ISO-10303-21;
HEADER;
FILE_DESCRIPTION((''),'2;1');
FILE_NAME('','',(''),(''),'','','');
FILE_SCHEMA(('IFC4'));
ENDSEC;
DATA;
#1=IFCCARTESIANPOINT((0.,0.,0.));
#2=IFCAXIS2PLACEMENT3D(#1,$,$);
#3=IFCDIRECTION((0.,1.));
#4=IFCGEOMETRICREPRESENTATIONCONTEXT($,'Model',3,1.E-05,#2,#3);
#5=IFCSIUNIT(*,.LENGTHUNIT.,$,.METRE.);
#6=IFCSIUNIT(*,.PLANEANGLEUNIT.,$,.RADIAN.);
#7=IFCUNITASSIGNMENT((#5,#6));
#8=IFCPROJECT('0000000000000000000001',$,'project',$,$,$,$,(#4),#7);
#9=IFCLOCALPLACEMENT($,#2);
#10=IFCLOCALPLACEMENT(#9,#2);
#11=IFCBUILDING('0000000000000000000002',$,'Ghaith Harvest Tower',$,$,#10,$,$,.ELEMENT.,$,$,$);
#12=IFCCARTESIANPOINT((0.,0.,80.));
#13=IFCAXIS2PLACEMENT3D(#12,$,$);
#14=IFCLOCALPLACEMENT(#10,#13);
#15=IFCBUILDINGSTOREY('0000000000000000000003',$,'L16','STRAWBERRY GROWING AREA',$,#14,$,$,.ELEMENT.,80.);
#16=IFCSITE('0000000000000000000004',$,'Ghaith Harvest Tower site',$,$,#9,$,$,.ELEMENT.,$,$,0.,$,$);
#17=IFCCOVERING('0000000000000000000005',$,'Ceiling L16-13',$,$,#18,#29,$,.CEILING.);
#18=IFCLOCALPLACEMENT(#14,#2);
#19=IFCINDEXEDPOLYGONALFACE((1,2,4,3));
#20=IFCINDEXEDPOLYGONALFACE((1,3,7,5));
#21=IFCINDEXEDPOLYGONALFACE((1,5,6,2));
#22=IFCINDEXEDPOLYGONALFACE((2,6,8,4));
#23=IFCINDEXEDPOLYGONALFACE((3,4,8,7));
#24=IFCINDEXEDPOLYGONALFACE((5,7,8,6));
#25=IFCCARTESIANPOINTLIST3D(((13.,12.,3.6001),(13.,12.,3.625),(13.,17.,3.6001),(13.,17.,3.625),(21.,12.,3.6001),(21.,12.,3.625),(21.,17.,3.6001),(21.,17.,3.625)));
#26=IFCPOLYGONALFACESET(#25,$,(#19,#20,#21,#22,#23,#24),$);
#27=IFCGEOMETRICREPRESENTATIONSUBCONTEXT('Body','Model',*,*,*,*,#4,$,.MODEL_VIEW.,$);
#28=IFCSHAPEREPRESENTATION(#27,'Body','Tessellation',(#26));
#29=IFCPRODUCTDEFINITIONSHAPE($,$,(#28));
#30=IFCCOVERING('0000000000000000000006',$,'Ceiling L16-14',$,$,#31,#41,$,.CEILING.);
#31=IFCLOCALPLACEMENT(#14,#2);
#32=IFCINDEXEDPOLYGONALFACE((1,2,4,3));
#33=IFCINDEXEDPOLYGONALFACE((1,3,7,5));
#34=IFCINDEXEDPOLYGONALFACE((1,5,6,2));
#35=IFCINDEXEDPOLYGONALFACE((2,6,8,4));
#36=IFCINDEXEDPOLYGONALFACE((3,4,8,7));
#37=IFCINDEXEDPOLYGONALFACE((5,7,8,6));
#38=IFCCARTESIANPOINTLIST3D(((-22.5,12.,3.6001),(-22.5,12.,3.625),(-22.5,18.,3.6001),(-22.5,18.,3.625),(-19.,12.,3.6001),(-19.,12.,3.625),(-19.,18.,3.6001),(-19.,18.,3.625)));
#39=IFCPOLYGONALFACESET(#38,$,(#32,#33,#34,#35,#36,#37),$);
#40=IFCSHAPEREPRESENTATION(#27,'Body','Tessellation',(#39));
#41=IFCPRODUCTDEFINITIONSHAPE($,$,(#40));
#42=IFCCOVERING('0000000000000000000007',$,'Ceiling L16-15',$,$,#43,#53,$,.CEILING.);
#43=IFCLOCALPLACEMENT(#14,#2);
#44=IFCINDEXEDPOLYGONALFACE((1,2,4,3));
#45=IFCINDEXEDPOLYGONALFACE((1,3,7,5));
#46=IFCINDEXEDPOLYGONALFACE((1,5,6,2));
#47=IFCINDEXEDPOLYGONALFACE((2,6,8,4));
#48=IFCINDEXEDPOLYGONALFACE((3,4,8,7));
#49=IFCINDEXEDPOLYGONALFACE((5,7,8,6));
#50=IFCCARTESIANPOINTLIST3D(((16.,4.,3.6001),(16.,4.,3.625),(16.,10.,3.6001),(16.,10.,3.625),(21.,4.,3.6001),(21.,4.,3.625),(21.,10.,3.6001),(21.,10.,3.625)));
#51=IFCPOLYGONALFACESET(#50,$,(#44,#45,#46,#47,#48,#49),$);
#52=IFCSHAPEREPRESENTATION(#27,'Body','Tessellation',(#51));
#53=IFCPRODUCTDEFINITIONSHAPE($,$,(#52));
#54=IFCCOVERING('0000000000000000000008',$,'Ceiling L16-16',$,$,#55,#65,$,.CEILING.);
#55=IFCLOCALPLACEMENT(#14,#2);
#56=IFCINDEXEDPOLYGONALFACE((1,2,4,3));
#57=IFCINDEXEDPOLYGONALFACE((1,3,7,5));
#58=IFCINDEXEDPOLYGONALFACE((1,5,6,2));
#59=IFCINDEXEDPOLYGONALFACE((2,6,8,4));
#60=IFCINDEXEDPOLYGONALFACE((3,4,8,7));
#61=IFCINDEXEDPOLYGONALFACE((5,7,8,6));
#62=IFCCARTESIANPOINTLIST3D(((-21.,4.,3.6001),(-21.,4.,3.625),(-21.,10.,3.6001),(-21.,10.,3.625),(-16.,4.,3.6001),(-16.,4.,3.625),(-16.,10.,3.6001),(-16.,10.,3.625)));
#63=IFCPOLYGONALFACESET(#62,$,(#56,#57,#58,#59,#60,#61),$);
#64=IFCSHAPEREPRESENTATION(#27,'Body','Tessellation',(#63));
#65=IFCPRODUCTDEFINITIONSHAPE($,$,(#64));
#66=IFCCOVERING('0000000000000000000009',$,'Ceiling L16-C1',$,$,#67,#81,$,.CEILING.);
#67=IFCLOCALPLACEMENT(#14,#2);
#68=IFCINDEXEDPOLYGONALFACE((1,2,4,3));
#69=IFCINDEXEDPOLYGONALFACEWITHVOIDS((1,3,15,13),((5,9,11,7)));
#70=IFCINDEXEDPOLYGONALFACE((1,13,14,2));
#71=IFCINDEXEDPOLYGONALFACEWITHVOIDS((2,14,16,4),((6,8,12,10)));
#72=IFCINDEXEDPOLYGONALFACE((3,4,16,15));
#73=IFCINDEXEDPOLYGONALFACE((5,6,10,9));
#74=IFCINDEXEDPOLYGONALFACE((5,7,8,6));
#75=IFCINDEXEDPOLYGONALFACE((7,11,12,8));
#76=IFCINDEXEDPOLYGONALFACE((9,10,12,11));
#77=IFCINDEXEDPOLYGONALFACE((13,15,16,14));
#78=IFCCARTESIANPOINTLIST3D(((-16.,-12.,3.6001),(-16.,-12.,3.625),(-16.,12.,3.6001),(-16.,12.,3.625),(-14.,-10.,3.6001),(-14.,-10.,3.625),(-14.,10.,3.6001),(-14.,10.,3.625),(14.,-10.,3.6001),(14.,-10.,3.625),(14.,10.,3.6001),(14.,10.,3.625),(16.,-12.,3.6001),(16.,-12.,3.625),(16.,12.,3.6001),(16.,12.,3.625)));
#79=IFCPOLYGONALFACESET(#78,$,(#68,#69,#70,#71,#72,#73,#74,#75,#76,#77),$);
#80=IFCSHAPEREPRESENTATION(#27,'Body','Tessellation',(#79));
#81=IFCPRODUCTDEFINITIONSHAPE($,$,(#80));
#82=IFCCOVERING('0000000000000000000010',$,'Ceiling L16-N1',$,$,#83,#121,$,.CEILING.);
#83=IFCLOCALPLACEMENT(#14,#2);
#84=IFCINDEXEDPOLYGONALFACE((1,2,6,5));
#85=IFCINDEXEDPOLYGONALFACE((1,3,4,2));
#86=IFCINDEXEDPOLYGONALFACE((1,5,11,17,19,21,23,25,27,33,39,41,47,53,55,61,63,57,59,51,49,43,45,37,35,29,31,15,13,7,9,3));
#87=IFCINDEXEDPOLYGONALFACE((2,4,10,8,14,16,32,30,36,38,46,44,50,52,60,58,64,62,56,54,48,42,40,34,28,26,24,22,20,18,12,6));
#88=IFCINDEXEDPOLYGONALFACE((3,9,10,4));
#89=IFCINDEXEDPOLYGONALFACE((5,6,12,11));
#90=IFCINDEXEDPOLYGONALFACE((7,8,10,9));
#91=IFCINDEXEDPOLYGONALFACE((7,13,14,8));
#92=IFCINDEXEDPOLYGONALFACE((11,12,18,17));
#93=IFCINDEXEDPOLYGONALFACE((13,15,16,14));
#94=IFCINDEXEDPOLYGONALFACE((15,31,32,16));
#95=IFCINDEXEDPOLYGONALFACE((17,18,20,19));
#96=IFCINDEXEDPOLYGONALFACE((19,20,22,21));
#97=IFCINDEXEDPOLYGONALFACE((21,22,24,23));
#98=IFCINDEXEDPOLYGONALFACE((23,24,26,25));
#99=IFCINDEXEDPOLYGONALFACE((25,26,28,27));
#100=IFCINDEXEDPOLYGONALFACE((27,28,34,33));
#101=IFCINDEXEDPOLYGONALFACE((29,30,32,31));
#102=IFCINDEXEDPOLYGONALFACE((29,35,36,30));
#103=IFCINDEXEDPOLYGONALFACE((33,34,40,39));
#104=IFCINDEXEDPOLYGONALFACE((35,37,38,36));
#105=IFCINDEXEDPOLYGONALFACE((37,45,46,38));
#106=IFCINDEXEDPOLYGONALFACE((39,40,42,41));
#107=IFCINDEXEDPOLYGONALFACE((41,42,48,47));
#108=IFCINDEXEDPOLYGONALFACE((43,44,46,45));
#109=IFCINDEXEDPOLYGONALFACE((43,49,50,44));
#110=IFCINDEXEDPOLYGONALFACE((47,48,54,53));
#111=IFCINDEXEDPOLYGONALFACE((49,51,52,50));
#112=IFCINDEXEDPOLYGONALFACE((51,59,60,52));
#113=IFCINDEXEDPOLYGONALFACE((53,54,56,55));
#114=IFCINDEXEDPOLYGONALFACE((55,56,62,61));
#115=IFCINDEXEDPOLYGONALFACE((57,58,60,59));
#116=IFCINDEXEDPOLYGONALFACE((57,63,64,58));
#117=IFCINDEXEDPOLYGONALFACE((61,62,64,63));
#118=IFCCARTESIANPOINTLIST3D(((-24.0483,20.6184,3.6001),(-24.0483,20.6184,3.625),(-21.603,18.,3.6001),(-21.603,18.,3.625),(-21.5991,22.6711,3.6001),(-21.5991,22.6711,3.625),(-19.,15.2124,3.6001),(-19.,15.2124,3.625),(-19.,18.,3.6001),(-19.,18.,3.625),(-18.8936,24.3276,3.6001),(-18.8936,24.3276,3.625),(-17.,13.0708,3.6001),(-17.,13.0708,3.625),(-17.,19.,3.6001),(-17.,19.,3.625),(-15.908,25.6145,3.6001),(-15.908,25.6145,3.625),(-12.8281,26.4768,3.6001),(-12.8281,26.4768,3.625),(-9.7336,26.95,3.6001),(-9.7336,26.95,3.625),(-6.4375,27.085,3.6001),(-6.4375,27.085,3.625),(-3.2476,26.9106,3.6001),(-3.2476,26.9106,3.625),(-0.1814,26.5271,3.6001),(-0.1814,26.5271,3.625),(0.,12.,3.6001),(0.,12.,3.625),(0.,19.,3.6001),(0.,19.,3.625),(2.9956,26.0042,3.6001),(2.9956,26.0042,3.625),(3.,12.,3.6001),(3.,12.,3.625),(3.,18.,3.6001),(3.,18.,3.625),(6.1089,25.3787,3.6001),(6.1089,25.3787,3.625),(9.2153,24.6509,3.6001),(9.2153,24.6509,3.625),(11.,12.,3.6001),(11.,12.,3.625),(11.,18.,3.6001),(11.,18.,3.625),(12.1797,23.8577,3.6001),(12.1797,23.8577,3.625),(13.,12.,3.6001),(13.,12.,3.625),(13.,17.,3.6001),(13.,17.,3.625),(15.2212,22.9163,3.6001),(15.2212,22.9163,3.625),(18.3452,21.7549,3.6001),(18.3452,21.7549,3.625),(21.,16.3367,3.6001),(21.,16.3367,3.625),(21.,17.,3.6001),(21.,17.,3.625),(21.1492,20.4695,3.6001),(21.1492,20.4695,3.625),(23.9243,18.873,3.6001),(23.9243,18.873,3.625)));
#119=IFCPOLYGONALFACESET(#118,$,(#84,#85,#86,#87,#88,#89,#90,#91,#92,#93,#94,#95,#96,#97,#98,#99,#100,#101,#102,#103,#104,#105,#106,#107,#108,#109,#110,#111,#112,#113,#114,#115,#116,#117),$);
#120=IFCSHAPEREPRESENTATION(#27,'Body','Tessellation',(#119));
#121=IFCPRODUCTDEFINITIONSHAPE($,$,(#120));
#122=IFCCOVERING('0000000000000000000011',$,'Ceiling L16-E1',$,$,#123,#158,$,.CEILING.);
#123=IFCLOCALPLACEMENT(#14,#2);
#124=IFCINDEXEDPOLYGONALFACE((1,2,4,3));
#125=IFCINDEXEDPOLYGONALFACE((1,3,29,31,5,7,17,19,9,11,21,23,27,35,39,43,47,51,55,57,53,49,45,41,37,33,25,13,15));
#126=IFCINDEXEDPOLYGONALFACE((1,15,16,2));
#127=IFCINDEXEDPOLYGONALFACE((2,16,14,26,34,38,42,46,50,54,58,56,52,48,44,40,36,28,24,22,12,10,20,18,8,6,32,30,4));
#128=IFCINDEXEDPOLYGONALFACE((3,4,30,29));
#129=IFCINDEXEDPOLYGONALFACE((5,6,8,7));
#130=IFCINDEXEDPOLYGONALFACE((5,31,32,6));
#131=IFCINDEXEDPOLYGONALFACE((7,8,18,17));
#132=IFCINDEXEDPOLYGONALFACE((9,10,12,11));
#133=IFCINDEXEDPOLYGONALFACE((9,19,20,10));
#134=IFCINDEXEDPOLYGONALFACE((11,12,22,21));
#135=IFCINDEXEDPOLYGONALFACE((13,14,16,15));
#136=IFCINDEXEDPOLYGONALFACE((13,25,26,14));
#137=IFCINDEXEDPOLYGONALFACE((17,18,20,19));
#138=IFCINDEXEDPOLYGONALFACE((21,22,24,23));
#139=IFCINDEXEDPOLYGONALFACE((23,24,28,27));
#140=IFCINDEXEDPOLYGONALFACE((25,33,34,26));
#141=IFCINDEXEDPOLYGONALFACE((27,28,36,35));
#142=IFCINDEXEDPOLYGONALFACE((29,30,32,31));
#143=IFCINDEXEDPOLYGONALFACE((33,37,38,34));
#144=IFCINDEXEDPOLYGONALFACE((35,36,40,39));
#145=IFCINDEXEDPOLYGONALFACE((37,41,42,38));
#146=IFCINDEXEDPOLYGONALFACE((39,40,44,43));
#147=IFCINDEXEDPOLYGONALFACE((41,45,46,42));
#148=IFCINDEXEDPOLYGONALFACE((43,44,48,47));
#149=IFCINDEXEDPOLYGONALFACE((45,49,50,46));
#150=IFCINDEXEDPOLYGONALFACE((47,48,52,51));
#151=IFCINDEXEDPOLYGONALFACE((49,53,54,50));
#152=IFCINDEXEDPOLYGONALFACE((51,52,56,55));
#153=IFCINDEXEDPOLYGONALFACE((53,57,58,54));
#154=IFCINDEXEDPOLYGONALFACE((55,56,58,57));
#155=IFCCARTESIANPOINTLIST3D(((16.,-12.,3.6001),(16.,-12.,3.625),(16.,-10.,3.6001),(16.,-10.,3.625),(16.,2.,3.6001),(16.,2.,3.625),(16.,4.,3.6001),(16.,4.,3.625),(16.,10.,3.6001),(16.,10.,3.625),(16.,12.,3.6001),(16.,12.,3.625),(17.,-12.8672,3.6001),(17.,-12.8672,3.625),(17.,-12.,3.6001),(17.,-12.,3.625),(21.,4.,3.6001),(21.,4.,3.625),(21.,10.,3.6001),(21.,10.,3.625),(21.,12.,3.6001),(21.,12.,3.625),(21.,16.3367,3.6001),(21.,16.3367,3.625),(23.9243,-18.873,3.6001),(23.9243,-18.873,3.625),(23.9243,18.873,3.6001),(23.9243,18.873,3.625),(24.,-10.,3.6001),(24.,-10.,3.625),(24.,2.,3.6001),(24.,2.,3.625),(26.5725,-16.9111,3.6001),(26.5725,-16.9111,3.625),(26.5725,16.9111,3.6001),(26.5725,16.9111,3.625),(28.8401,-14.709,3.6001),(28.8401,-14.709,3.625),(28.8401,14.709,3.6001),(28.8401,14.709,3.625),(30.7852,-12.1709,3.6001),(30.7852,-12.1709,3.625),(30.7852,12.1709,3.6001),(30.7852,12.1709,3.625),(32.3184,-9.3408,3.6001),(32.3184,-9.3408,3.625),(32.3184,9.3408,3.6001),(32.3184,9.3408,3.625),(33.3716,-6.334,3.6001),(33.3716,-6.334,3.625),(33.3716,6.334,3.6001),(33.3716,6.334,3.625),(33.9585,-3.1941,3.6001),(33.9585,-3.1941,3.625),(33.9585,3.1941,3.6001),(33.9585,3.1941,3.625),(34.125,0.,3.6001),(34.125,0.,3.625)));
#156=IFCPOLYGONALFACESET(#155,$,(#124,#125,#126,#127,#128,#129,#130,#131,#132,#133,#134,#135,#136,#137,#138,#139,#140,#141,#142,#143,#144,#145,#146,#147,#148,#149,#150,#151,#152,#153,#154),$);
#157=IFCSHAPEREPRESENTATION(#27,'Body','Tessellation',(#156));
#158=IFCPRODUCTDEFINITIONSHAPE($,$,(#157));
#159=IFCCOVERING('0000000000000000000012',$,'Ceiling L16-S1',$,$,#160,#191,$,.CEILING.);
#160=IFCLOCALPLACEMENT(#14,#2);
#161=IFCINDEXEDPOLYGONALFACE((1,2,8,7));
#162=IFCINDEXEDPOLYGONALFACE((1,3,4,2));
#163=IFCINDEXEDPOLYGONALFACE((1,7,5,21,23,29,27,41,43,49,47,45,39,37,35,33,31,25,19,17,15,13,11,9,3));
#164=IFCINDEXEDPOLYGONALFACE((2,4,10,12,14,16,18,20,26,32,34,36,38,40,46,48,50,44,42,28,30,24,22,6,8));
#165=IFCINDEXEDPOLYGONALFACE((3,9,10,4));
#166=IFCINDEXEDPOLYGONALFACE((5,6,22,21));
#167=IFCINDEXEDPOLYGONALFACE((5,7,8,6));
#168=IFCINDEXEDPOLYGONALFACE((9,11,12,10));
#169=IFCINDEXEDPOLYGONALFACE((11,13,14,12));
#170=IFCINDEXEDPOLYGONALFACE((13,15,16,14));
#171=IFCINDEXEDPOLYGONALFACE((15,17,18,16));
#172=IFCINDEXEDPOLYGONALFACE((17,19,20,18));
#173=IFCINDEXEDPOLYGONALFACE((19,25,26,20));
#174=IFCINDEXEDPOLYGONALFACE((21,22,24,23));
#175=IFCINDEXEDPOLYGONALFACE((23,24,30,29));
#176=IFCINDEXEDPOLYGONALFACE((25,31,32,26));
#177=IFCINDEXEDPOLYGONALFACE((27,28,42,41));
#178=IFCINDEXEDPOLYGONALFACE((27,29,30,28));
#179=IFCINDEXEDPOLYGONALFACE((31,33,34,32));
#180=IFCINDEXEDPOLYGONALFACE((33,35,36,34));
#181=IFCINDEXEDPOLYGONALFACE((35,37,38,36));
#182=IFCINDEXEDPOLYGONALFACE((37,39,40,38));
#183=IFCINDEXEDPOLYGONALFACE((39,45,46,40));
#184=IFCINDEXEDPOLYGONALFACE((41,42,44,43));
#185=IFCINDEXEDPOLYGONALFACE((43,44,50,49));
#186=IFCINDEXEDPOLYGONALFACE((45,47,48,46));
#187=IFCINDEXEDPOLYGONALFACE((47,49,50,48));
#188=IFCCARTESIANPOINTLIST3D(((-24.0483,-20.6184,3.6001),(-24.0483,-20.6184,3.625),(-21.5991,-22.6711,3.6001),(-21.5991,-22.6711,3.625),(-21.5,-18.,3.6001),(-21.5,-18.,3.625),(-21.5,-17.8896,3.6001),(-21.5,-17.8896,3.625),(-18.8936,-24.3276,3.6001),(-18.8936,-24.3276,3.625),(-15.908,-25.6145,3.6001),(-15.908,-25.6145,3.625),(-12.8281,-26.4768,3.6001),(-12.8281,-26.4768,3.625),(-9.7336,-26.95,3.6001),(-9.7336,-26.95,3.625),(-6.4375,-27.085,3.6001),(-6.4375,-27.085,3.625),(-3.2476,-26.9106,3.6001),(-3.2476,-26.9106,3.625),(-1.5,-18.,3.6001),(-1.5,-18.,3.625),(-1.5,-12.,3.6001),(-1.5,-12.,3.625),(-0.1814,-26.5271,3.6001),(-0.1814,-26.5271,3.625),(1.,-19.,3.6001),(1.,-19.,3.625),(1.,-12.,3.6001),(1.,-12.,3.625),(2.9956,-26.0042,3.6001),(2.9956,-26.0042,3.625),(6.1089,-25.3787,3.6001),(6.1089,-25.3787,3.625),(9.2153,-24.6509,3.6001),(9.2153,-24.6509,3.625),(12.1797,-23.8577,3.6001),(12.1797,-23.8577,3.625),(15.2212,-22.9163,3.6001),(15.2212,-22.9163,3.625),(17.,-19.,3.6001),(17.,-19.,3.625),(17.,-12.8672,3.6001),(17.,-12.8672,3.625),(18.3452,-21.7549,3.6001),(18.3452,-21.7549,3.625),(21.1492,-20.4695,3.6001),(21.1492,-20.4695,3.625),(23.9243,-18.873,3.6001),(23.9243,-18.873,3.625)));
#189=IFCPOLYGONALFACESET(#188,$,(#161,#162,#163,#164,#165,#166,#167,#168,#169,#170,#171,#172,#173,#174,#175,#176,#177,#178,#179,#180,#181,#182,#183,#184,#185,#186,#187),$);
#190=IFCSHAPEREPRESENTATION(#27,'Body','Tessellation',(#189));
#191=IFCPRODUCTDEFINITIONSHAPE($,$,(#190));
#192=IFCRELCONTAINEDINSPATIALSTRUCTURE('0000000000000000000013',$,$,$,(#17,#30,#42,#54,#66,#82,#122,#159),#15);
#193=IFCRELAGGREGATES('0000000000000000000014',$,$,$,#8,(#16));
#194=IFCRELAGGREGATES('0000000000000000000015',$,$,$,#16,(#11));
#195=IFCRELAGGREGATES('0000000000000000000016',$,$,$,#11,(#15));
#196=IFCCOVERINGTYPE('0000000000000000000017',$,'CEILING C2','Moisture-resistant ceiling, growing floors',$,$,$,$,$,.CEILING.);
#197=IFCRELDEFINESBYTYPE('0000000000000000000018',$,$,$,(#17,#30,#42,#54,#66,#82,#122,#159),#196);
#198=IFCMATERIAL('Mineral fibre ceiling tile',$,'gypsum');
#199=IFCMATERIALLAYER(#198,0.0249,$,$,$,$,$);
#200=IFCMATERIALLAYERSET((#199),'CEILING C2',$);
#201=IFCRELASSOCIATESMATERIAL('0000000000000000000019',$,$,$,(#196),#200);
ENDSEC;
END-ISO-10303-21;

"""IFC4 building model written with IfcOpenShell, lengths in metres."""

from ifc_helpers import new_model, si_unit, direction, frame, origin, place, context, subcontext, project, spatial, polyline, outline, extrude, material, layer, layer_set, type_object, element, save


model = new_model("IFC4")

# Units and contexts
model_context = context("Model", 3, precision=1e-05, world=origin(), true_north=direction((0.0, 1.0)))
body_context = subcontext(model_context, "Body", "Model", "MODEL_VIEW")
ifc_project = project(units=[si_unit("LENGTHUNIT", "METRE"), si_unit("PLANEANGLEUNIT", "RADIAN")], contexts=[model_context])

# Site, building, storey
site_placement = place(None, origin())
site = spatial("IfcSite", under=ifc_project, at=site_placement, Name="Ghaith Harvest Tower site", CompositionType="ELEMENT", RefElevation=0.0)
building_placement = place(site_placement, origin())
building = spatial("IfcBuilding", under=site, at=building_placement, Name="Ghaith Harvest Tower", CompositionType="ELEMENT")
storey_placement = place(building_placement, frame((0.0, 0.0, 80.0)))
storey = spatial("IfcBuildingStorey", under=building, at=storey_placement, Name="L16", Description="STRAWBERRY GROWING AREA", CompositionType="ELEMENT", Elevation=80.0)

# Coverings
ifc_material_1 = material(Name="Mineral fibre ceiling tile", Category="gypsum")
ifc_layer_1 = layer(ifc_material_1, 0.0249)
ifc_layer_set_1 = layer_set([ifc_layer_1], Name="CEILING C2")
covering_type = type_object("IfcCoveringType", Name="CEILING C2", Description="Moisture-resistant ceiling, growing floors", PredefinedType="CEILING", material=ifc_layer_set_1)
covering_1_placement = place(storey_placement, frame((0.0, 0.0, 3.6001)))
element("IfcCovering", 1, at=covering_1_placement, inside=storey, type_object=covering_type, Name="Ceiling L16-13", PredefinedType="CEILING", context=body_context, shape_type="SweptSolid", body=[
    extrude(outline(polyline([(13.0, 12.0), (21.0, 12.0), (21.0, 17.0), (13.0, 17.0), (13.0, 12.0)])), origin(), (0.0, 0.0, 1.0), 0.0249),
])
covering_2_placement = place(storey_placement, frame((0.0, 0.0, 3.6001)))
element("IfcCovering", 2, at=covering_2_placement, inside=storey, type_object=covering_type, Name="Ceiling L16-14", PredefinedType="CEILING", context=body_context, shape_type="SweptSolid", body=[
    extrude(outline(polyline([(-22.5, 12.0), (-19.0, 12.0), (-19.0, 18.0), (-22.5, 18.0), (-22.5, 12.0)])), origin(), (0.0, 0.0, 1.0), 0.0249),
])
covering_3_placement = place(storey_placement, frame((0.0, 0.0, 3.6001)))
element("IfcCovering", 3, at=covering_3_placement, inside=storey, type_object=covering_type, Name="Ceiling L16-15", PredefinedType="CEILING", context=body_context, shape_type="SweptSolid", body=[
    extrude(outline(polyline([(16.0, 4.0), (21.0, 4.0), (21.0, 10.0), (16.0, 10.0), (16.0, 4.0)])), origin(), (0.0, 0.0, 1.0), 0.0249),
])
covering_4_placement = place(storey_placement, frame((0.0, 0.0, 3.6001)))
element("IfcCovering", 4, at=covering_4_placement, inside=storey, type_object=covering_type, Name="Ceiling L16-16", PredefinedType="CEILING", context=body_context, shape_type="SweptSolid", body=[
    extrude(outline(polyline([(-21.0, 4.0), (-16.0, 4.0), (-16.0, 10.0), (-21.0, 10.0), (-21.0, 4.0)])), origin(), (0.0, 0.0, 1.0), 0.0249),
])
covering_5_placement = place(storey_placement, frame((0.0, 0.0, 3.6001)))
element("IfcCovering", 5, at=covering_5_placement, inside=storey, type_object=covering_type, Name="Ceiling L16-C1", PredefinedType="CEILING", context=body_context, shape_type="SweptSolid", body=[
    extrude(outline(polyline([(16.0, -12.0), (-16.0, -12.0), (-16.0, 12.0), (16.0, 12.0), (16.0, -12.0)]), holes=[polyline([(14.0, 10.0), (-14.0, 10.0), (-14.0, -10.0), (14.0, -10.0), (14.0, 10.0)])]), origin(), (0.0, 0.0, 1.0), 0.0249),
])
covering_6_placement = place(storey_placement, frame((0.0, 0.0, 3.6001)))
element("IfcCovering", 6, at=covering_6_placement, inside=storey, type_object=covering_type, Name="Ceiling L16-N1", PredefinedType="CEILING", context=body_context, shape_type="SweptSolid", body=[
    extrude(outline(polyline([(-21.5991, 22.6711), (-18.8936, 24.3276), (-15.908, 25.6145), (-12.8281, 26.4768), (-9.7336, 26.95), (-6.4375, 27.085), (-3.2476, 26.9106), (-0.1814, 26.5271), (2.9956, 26.0042), (6.1089, 25.3787), (9.2153, 24.6509), (12.1797, 23.8577), (15.2212, 22.9163), (18.3452, 21.7549), (21.1492, 20.4695), (23.9243, 18.873), (21.0, 16.3367), (21.0, 17.0), (13.0, 17.0), (13.0, 12.0), (11.0, 12.0), (11.0, 18.0), (3.0, 18.0), (3.0, 12.0), (0.0, 12.0), (0.0, 19.0), (-17.0, 19.0), (-17.0, 13.0708), (-19.0, 15.2124), (-19.0, 18.0), (-21.603, 18.0), (-24.0483, 20.6184), (-21.5991, 22.6711)])), origin(), (0.0, 0.0, 1.0), 0.0249),
])
covering_7_placement = place(storey_placement, frame((0.0, 0.0, 3.6001)))
element("IfcCovering", 7, at=covering_7_placement, inside=storey, type_object=covering_type, Name="Ceiling L16-E1", PredefinedType="CEILING", context=body_context, shape_type="SweptSolid", body=[
    extrude(outline(polyline([(26.5725, 16.9111), (28.8401, 14.709), (30.7852, 12.1709), (32.3184, 9.3408), (33.3716, 6.334), (33.9585, 3.1941), (34.125, 0.0), (33.9585, -3.1941), (33.3716, -6.334), (32.3184, -9.3408), (30.7852, -12.1709), (28.8401, -14.709), (26.5725, -16.9111), (23.9243, -18.873), (17.0, -12.8672), (17.0, -12.0), (16.0, -12.0), (16.0, -10.0), (24.0, -10.0), (24.0, 2.0), (16.0, 2.0), (16.0, 4.0), (21.0, 4.0), (21.0, 10.0), (16.0, 10.0), (16.0, 12.0), (21.0, 12.0), (21.0, 16.3367), (23.9243, 18.873), (26.5725, 16.9111)])), origin(), (0.0, 0.0, 1.0), 0.0249),
])
covering_8_placement = place(storey_placement, frame((0.0, 0.0, 3.6001)))
element("IfcCovering", 8, at=covering_8_placement, inside=storey, type_object=covering_type, Name="Ceiling L16-S1", PredefinedType="CEILING", context=body_context, shape_type="SweptSolid", body=[
    extrude(outline(polyline([(-12.8281, -26.4768), (-15.908, -25.6145), (-18.8936, -24.3276), (-21.5991, -22.6711), (-24.0483, -20.6184), (-21.5, -17.8896), (-21.5, -18.0), (-1.5, -18.0), (-1.5, -12.0), (1.0, -12.0), (1.0, -19.0), (17.0, -19.0), (17.0, -12.8672), (23.9243, -18.873), (21.1492, -20.4695), (18.3452, -21.7549), (15.2212, -22.9163), (12.1797, -23.8577), (9.2153, -24.6509), (6.1089, -25.3787), (2.9956, -26.0042), (-0.1814, -26.5271), (-3.2476, -26.9106), (-6.4375, -27.085), (-9.7336, -26.95), (-12.8281, -26.4768)])), origin(), (0.0, 0.0, 1.0), 0.0249),
])

save(model, "model.ifc")
